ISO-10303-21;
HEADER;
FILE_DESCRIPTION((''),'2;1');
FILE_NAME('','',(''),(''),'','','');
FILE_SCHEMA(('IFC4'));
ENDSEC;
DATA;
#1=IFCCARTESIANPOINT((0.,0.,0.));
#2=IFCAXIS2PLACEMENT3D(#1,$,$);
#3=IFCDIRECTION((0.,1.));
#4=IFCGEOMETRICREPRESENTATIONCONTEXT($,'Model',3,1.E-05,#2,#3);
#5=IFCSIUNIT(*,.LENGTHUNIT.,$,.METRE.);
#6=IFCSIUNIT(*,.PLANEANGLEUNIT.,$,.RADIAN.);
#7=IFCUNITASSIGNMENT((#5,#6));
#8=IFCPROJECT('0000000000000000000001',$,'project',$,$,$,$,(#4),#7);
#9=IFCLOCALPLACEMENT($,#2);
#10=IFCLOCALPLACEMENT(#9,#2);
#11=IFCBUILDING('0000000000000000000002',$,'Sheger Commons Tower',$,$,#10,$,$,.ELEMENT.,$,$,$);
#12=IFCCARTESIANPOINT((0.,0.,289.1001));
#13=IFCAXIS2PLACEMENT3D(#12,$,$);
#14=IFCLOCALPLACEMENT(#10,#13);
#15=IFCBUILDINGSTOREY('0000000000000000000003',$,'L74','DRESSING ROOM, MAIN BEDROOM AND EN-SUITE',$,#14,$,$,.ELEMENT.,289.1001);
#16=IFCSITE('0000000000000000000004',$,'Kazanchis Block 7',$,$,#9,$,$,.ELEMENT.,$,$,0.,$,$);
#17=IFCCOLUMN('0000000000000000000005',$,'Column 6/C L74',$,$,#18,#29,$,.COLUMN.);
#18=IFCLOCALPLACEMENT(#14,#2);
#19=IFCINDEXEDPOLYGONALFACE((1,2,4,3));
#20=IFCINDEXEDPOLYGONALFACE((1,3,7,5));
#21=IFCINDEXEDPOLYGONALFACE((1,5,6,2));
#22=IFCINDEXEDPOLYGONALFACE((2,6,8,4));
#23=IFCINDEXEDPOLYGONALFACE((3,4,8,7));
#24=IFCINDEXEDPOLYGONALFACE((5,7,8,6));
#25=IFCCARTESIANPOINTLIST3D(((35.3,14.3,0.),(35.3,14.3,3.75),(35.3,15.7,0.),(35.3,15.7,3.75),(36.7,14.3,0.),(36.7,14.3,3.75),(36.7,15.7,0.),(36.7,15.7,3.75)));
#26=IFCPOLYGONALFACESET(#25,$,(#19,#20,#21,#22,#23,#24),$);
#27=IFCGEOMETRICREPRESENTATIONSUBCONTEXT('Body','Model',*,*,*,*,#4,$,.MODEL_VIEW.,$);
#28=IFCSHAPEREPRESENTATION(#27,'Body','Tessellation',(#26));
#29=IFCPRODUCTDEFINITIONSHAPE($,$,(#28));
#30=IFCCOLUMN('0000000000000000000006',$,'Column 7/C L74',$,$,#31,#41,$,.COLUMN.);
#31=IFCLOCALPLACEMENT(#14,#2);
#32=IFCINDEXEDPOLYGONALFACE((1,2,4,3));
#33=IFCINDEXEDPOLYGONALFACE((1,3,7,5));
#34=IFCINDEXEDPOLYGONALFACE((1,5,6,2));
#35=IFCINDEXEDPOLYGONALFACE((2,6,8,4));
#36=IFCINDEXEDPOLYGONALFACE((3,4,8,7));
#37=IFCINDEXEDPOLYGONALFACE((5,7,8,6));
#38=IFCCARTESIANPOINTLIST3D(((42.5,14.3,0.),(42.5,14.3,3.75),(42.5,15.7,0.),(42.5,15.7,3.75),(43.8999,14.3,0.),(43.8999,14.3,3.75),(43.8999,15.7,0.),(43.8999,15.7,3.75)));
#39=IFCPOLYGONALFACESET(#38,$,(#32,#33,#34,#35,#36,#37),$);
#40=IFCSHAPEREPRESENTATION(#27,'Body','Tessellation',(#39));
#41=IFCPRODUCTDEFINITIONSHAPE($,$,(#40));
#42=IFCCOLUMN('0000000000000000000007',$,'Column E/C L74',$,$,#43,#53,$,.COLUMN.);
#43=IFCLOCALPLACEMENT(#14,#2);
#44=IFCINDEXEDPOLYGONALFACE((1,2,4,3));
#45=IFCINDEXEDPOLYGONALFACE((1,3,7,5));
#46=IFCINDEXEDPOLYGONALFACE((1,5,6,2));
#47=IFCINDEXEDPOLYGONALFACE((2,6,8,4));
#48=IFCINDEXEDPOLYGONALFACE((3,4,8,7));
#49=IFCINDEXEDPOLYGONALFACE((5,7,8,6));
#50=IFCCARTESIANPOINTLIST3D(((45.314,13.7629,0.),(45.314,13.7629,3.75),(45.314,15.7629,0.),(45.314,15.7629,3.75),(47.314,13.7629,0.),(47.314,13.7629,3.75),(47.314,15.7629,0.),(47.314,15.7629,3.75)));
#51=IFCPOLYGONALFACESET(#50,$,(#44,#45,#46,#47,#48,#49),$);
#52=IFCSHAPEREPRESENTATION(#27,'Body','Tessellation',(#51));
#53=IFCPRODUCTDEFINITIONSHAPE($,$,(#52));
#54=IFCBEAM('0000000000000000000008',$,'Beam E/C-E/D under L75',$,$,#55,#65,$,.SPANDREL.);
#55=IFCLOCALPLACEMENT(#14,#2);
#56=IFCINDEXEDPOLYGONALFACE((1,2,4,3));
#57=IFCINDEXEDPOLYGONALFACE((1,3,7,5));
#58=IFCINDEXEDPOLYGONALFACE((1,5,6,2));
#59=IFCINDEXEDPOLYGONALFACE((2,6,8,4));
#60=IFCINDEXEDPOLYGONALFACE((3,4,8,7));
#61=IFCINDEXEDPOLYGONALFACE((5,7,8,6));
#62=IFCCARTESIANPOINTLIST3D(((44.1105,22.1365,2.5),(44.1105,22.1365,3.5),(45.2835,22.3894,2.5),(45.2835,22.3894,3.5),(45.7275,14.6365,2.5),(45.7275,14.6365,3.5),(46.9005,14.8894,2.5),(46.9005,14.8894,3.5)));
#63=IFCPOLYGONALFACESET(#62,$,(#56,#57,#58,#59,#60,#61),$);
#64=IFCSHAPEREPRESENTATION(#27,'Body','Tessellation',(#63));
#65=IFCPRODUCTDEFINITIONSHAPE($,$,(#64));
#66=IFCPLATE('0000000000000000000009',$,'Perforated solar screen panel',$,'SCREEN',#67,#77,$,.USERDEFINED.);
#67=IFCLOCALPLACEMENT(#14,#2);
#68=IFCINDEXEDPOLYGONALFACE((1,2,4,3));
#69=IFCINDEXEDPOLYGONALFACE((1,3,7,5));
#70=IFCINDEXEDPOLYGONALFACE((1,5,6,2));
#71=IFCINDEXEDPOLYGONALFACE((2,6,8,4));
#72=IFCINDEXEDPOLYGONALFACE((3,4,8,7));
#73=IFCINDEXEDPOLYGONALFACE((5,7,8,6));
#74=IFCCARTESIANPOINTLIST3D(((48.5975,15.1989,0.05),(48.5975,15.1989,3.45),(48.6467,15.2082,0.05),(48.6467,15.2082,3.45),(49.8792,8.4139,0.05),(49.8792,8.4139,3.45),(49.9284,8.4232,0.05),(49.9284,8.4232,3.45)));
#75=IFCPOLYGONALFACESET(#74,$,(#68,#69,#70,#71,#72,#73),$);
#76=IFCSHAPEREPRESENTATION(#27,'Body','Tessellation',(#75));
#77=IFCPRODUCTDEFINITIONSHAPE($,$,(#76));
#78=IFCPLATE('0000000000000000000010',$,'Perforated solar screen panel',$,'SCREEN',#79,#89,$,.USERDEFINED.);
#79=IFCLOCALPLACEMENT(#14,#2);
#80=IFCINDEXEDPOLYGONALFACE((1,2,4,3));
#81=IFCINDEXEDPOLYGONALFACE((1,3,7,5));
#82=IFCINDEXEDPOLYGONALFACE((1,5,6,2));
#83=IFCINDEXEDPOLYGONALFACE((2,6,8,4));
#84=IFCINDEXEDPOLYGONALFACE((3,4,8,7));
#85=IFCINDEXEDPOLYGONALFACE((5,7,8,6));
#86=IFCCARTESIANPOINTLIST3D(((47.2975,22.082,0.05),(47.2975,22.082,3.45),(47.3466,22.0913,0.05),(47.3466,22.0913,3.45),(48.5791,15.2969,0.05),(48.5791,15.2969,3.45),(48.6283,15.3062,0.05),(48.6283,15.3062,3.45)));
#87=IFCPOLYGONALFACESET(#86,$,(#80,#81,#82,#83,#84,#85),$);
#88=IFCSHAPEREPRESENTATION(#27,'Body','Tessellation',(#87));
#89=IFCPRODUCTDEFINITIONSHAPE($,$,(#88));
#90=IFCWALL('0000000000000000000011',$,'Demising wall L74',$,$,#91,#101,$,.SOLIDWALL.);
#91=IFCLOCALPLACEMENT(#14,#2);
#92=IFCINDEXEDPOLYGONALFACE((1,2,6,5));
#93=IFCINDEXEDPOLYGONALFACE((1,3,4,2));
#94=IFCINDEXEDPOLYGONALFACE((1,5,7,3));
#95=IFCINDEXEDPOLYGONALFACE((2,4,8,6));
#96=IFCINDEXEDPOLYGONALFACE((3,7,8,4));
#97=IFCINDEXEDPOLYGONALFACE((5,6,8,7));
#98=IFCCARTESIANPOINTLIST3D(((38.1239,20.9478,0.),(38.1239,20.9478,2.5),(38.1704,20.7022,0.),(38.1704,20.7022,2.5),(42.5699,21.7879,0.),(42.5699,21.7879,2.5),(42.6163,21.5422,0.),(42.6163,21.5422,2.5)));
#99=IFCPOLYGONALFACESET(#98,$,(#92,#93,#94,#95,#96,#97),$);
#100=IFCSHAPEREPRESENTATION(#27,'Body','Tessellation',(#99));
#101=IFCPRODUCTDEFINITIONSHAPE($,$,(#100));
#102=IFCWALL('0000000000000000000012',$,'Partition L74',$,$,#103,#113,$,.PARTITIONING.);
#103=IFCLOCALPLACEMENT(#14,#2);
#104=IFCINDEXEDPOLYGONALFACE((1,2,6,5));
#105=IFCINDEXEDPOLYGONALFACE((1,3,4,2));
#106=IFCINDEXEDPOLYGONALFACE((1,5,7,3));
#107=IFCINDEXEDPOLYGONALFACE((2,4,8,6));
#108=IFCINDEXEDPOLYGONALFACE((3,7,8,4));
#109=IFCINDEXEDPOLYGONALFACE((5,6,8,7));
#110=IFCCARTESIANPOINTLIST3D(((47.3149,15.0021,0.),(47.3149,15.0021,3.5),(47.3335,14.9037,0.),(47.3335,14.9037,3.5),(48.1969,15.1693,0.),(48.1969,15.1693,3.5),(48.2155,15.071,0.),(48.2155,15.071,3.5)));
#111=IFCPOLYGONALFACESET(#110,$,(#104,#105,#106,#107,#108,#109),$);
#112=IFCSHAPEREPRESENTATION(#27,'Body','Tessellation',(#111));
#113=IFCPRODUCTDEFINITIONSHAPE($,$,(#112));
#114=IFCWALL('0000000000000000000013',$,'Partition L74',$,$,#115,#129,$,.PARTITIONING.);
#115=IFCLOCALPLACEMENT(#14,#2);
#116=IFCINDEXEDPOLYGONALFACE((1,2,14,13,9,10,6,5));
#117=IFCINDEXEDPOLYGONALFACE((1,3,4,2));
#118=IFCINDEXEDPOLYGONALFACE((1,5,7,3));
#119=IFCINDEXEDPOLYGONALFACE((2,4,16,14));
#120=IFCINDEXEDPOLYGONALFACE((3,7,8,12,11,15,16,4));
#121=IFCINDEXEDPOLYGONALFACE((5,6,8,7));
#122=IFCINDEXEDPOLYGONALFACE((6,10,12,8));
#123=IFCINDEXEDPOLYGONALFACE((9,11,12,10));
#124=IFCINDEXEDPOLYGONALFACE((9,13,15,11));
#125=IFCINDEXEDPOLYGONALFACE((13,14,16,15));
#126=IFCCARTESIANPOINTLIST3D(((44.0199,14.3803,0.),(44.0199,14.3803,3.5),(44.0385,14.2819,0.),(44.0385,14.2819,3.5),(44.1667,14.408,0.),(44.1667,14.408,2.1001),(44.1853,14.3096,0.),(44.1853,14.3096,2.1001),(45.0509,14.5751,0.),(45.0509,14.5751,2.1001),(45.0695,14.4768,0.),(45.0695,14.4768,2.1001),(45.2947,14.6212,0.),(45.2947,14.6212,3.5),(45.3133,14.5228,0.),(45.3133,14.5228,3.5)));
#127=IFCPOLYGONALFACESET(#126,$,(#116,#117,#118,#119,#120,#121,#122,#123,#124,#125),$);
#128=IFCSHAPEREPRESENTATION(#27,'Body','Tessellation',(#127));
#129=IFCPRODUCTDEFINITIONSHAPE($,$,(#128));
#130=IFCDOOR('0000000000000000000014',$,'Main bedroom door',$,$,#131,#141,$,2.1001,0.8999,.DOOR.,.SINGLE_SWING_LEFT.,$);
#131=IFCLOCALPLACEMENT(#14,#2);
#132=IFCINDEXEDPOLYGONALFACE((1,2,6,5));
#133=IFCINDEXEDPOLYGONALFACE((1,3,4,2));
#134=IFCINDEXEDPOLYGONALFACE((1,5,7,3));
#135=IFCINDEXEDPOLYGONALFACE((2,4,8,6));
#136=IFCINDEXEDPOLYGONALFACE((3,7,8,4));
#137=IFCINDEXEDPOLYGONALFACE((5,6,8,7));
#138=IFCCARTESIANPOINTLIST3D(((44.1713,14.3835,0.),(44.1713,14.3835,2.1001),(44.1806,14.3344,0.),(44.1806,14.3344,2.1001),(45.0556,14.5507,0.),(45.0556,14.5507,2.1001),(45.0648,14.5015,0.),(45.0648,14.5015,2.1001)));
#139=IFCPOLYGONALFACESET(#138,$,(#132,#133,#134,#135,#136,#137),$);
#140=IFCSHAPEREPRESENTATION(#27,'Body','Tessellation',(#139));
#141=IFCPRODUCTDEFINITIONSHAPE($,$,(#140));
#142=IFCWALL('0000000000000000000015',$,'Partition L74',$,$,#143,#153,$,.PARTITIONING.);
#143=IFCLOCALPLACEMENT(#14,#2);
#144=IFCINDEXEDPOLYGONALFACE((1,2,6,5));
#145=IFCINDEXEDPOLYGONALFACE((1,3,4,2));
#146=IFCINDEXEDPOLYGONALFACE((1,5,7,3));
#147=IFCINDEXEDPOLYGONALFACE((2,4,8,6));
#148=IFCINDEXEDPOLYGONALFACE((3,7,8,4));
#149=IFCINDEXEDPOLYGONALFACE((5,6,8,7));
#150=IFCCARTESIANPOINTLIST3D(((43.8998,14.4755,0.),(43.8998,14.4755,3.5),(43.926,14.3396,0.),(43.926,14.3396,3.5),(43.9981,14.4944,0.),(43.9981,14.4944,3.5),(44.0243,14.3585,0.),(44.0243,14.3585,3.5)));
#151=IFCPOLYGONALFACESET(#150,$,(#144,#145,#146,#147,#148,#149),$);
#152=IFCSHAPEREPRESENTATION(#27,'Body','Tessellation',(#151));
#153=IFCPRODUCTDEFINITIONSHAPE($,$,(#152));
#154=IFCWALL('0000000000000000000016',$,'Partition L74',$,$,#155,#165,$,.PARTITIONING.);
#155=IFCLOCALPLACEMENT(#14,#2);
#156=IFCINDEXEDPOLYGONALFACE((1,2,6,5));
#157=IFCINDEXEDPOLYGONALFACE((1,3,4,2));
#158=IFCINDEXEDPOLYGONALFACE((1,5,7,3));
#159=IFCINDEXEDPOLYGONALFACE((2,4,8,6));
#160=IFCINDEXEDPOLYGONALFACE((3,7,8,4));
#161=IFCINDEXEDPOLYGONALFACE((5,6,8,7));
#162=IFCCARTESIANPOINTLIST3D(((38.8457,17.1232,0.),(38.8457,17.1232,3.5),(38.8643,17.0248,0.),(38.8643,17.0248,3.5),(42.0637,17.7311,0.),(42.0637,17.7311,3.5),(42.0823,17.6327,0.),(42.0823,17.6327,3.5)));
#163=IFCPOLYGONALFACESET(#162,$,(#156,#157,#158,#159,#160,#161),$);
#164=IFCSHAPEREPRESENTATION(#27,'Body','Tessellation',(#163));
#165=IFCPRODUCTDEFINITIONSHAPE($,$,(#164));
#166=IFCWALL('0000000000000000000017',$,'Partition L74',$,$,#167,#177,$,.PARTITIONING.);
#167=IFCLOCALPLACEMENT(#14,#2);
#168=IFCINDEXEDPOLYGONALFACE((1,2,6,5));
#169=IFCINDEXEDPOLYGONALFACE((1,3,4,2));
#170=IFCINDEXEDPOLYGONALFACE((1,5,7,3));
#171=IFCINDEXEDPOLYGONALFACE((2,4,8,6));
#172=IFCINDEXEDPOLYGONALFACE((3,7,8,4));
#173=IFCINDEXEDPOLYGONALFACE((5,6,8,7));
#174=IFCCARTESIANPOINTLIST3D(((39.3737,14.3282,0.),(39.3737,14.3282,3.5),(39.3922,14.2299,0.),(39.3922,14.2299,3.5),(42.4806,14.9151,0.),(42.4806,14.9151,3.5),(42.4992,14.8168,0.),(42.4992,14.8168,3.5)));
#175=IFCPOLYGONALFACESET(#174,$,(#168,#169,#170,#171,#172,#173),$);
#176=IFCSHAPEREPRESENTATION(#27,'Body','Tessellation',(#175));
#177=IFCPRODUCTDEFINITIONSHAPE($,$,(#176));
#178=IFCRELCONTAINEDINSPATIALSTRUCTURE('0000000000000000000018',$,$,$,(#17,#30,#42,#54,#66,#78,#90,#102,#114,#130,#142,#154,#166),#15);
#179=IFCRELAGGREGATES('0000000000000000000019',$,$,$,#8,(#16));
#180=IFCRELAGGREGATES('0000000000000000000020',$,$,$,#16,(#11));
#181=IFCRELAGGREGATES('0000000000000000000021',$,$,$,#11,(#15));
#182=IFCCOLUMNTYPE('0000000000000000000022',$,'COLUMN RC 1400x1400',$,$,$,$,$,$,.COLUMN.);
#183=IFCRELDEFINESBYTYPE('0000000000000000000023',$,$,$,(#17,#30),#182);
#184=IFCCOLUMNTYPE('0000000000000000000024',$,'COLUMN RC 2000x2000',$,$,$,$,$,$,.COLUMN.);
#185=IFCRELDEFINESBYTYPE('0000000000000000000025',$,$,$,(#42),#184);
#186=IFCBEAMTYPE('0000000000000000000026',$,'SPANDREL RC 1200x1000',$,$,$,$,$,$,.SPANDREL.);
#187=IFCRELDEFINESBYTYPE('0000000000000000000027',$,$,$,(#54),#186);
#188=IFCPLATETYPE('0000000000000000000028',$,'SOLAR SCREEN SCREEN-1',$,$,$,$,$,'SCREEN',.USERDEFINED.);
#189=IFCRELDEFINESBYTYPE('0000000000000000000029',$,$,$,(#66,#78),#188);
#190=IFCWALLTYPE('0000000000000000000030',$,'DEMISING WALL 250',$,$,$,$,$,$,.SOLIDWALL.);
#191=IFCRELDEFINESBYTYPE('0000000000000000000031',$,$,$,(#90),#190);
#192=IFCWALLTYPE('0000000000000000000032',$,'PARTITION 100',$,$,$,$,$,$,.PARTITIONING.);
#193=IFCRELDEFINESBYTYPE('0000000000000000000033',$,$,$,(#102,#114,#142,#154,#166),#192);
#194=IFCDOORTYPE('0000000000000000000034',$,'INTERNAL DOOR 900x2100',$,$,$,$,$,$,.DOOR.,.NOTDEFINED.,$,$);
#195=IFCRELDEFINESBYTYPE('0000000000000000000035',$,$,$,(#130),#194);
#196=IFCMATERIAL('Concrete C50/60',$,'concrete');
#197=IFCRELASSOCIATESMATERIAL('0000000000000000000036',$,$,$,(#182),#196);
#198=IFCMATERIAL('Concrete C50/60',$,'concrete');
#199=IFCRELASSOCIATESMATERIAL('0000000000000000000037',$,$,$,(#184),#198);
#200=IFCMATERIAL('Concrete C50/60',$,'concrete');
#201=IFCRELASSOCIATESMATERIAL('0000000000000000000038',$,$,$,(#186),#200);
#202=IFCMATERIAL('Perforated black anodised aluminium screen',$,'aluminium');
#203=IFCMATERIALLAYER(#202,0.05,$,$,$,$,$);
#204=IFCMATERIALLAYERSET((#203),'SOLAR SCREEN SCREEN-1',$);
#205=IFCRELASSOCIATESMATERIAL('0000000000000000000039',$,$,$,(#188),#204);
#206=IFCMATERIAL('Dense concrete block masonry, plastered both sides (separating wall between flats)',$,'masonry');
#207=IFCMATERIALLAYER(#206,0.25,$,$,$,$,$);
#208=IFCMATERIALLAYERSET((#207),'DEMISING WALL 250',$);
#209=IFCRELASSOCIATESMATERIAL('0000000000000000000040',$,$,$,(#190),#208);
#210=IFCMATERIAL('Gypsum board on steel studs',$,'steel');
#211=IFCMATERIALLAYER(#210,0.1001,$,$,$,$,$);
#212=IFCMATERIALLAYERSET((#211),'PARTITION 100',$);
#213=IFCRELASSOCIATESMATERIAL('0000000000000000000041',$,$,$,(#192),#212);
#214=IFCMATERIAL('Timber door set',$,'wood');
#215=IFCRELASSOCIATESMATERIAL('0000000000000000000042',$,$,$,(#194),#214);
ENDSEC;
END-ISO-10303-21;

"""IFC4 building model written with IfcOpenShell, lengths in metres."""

from ifc_helpers import new_model, si_unit, direction, frame, frame_2d, origin, origin_2d, place, context, subcontext, project, spatial, rectangle, extrude, material, layer, layer_set, material_profile, profile_set, type_object, element, fill, save


model = new_model("IFC4")

# Units and contexts
model_context = context("Model", 3, precision=1e-05, world=origin(), true_north=direction((0.0, 1.0)))
body_context = subcontext(model_context, "Body", "Model", "MODEL_VIEW")
ifc_project = project(units=[si_unit("LENGTHUNIT", "METRE"), si_unit("PLANEANGLEUNIT", "RADIAN")], contexts=[model_context])

# Site, building, storey
site_placement = place(None, origin())
site = spatial("IfcSite", under=ifc_project, at=site_placement, Name="Kazanchis Block 7", CompositionType="ELEMENT", RefElevation=0.0)
building_placement = place(site_placement, origin())
building = spatial("IfcBuilding", under=site, at=building_placement, Name="Sheger Commons Tower", CompositionType="ELEMENT")
storey_placement = place(building_placement, frame((0.0, 0.0, 289.1001)))
storey = spatial("IfcBuildingStorey", under=building, at=storey_placement, Name="L74", Description="DRESSING ROOM, MAIN BEDROOM AND EN-SUITE", CompositionType="ELEMENT", Elevation=289.1001)

# Columns
ifc_material_1 = material(Name="Concrete C50/60", Category="concrete")
ifc_material_profile_1 = material_profile(ifc_material_1, rectangle(XDim=1.3999, YDim=1.3999, at=origin_2d()), Name="RC 1400x1400")
ifc_profile_set_1 = profile_set([ifc_material_profile_1], Name="Concrete C50/60")
column_type_1 = type_object("IfcColumnType", Name="COLUMN RC 1400x1400", PredefinedType="COLUMN", material=ifc_profile_set_1)
for number, where, z_axis, x_axis, name in (
    (1, (36.0, 15.0, 0.0), (0.0, 0.0, 1.0), (1.0, 0.0, 0.0), "Column 6/C L74"),
    (2, (43.2, 15.0, 0.0), (0.0, 0.0, 1.0), (1.0, 0.0, 0.0), "Column 7/C L74"),
):
    element("IfcColumn", number, at=place(storey_placement, frame(where, z_axis=z_axis, x_axis=x_axis)), inside=storey, type_object=column_type_1, Name=name, PredefinedType="COLUMN", context=body_context, shape_type="SweptSolid", body=[
        extrude(rectangle(XDim=1.3999, YDim=1.3999, at=origin_2d()), origin(), (0.0, 0.0, 1.0), 3.75),
    ])
ifc_material_2 = material(Name="Concrete C50/60", Category="concrete")
ifc_material_profile_2 = material_profile(ifc_material_2, rectangle(XDim=2.0, YDim=2.0, at=origin_2d()), Name="RC 2000x2000")
ifc_profile_set_2 = profile_set([ifc_material_profile_2], Name="Concrete C50/60")
column_type_2 = type_object("IfcColumnType", Name="COLUMN RC 2000x2000", PredefinedType="COLUMN", material=ifc_profile_set_2)
column_placement = place(storey_placement, frame((46.314, 14.7629, 0.0), z_axis=(0.0, 0.0, 1.0), x_axis=(1.0, 0.0, 0.0)))
element("IfcColumn", 3, at=column_placement, inside=storey, type_object=column_type_2, Name="Column E/C L74", PredefinedType="COLUMN", context=body_context, shape_type="SweptSolid", body=[
    extrude(rectangle(XDim=2.0, YDim=2.0, at=origin_2d()), origin(), (0.0, 0.0, 1.0), 3.75),
])

# Beam
ifc_material_3 = material(Name="Concrete C50/60", Category="concrete")
ifc_material_profile_3 = material_profile(ifc_material_3, rectangle(XDim=1.2, YDim=1.0, at=origin_2d()), Name="RC 1200x1000")
ifc_profile_set_3 = profile_set([ifc_material_profile_3], Name="Concrete C50/60")
beam_type = type_object("IfcBeamType", Name="SPANDREL RC 1200x1000", PredefinedType="SPANDREL", material=ifc_profile_set_3)
beam_placement = place(storey_placement, frame((46.314, 14.7629, 3.0), z_axis=(-0.21075, 0.97754, 0.0), x_axis=(-0.97754, -0.21075, 0.0)))
element("IfcBeam", 4, at=beam_placement, inside=storey, type_object=beam_type, Name="Beam E/C-E/D under L75", PredefinedType="SPANDREL", context=body_context, shape_type="SweptSolid", body=[
    extrude(rectangle(XDim=1.2, YDim=1.0, at=origin_2d()), origin(), (0.0, 0.0, 1.0), 7.6724),
])

# Plates
ifc_material_4 = material(Name="Perforated black anodised aluminium screen", Category="aluminium")
ifc_layer_1 = layer(ifc_material_4, 0.05)
ifc_layer_set_1 = layer_set([ifc_layer_1], Name="SOLAR SCREEN SCREEN-1")
plate_type = type_object("IfcPlateType", Name="SOLAR SCREEN SCREEN-1", ElementType="SCREEN", PredefinedType="USERDEFINED", material=ifc_layer_set_1)
for number, where, z_axis, x_axis, name in (
    (5, (49.2629, 11.811, 0.05), (0.0, 0.0, 1.0), (-0.185615, 0.982623, 0.0), "Perforated solar screen panel"),
    (6, (47.9629, 18.6941, 0.05), (0.0, 0.0, 1.0), (-0.185615, 0.982623, 0.0), "Perforated solar screen panel"),
):
    element("IfcPlate", number, at=place(storey_placement, frame(where, z_axis=z_axis, x_axis=x_axis)), inside=storey, type_object=plate_type, Name=name, ObjectType="SCREEN", PredefinedType="USERDEFINED", context=body_context, shape_type="SweptSolid", body=[
        extrude(rectangle(XDim=6.905, YDim=0.05, at=origin_2d()), origin(), (0.0, 0.0, 1.0), 3.3999),
    ])

# Walls
ifc_material_5 = material(Name="Dense concrete block masonry, plastered both sides (separating wall between flats)", Category="masonry")
ifc_layer_2 = layer(ifc_material_5, 0.25)
ifc_layer_set_2 = layer_set([ifc_layer_2], Name="DEMISING WALL 250")
wall_type_1 = type_object("IfcWallType", Name="DEMISING WALL 250", PredefinedType="SOLIDWALL", material=ifc_layer_set_2)
wall_1_placement = place(storey_placement, frame((42.593, 21.665, 0.0), z_axis=(0.0, 0.0, 1.0), x_axis=(-0.982613, -0.185666, 0.0)))
element("IfcWall", 7, at=wall_1_placement, inside=storey, type_object=wall_type_1, Name="Demising wall L74", PredefinedType="SOLIDWALL", context=body_context, shape_type="SweptSolid", body=[
    extrude(rectangle(XDim=4.5247, YDim=0.25, at=frame_2d((2.2622, 0.0))), origin(), (0.0, 0.0, 1.0), 2.5),
])
ifc_material_6 = material(Name="Gypsum board on steel studs", Category="steel")
ifc_layer_3 = layer(ifc_material_6, 0.1001)
ifc_layer_set_3 = layer_set([ifc_layer_3], Name="PARTITION 100")
wall_type_2 = type_object("IfcWallType", Name="PARTITION 100", PredefinedType="PARTITIONING", material=ifc_layer_set_3)
wall_2_placement = place(storey_placement, frame((48.2061, 15.1201, 0.0), z_axis=(0.0, 0.0, 1.0), x_axis=(-0.982498, -0.186275, 0.0)))
element("IfcWall", 8, at=wall_2_placement, inside=storey, type_object=wall_type_2, Name="Partition L74", PredefinedType="PARTITIONING", context=body_context, shape_type="SweptSolid", body=[
    extrude(rectangle(XDim=0.8977, YDim=0.1001, at=frame_2d((0.4487, 0.0))), origin(), (0.0, 0.0, 1.0), 3.5),
])

# Wall, opening, door
wall_3_placement = place(storey_placement, frame((45.304, 14.572, 0.0), z_axis=(0.0, 0.0, 1.0), x_axis=(-0.982603, -0.18572, 0.0)))
wall_3 = element("IfcWall", 9, at=wall_3_placement, inside=storey, type_object=wall_type_2, Name="Partition L74", PredefinedType="PARTITIONING", context=body_context, shape_type="SweptSolid", body=[
    extrude(rectangle(XDim=1.2974, YDim=0.1001, at=frame_2d((0.6487, 0.0))), origin(), (0.0, 0.0, 1.0), 3.5),
])
opening_1_placement = place(wall_3_placement, frame((0.248, 0.0, 0.0)))
opening_1 = element("IfcOpeningElement", 10, at=opening_1_placement, cuts=wall_3, PredefinedType="OPENING", context=body_context, shape_type="SweptSolid", body=[
    extrude(rectangle(XDim=0.8999, YDim=2.1001, at=frame_2d((0.45, 1.05))), frame((0.0, 0.0601, 0.0), z_axis=(0.0, -1.0, 0.0), x_axis=(1.0, 0.0, 0.0)), (0.0, 0.0, 1.0), 0.1201),
])
ifc_material_7 = material(Name="Timber door set", Category="wood")
door_type_1 = type_object("IfcDoorType", Name="INTERNAL DOOR 900x2100", OperationType="NOTDEFINED", PredefinedType="DOOR", material=ifc_material_7)
door_1_placement = place(opening_1_placement, origin())
door_1 = element("IfcDoor", 11, at=door_1_placement, inside=storey, type_object=door_type_1, Name="Main bedroom door", OperationType="SINGLE_SWING_LEFT", OverallHeight=2.1001, OverallWidth=0.8999, PredefinedType="DOOR", context=body_context, shape_type="SweptSolid", body=[
    extrude(rectangle(XDim=0.8999, YDim=2.1001, at=frame_2d((0.45, 1.05))), frame((0.0, 0.0249, 0.0), z_axis=(0.0, -1.0, 0.0), x_axis=(1.0, 0.0, 0.0)), (0.0, 0.0, 1.0), 0.05),
])
fill(opening_1, door_1)

# Walls
wall_4_placement = place(storey_placement, frame((43.949, 14.4851, 0.0), z_axis=(0.0, 0.0, 1.0), x_axis=(0.188651, -0.982044, 0.0)))
element("IfcWall", 12, at=wall_4_placement, inside=storey, type_object=wall_type_2, Name="Partition L74", PredefinedType="PARTITIONING", context=body_context, shape_type="SweptSolid", body=[
    extrude(rectangle(XDim=0.1384, YDim=0.1001, at=frame_2d((0.0693, 0.0))), origin(), (0.0, 0.0, 1.0), 3.5),
])
wall_5_placement = place(storey_placement, frame((42.073, 17.6819, 0.0), z_axis=(0.0, 0.0, 1.0), x_axis=(-0.982621, -0.185625, 0.0)))
element("IfcWall", 13, at=wall_5_placement, inside=storey, type_object=wall_type_2, Name="Partition L74", PredefinedType="PARTITIONING", context=body_context, shape_type="SweptSolid", body=[
    extrude(rectangle(XDim=3.2749, YDim=0.1001, at=frame_2d((1.6375, 0.0))), origin(), (0.0, 0.0, 1.0), 3.5),
])
wall_6_placement = place(storey_placement, frame((42.49, 14.866, 0.0), z_axis=(0.0, 0.0, 1.0), x_axis=(-0.982621, -0.185622, 0.0)))
element("IfcWall", 14, at=wall_6_placement, inside=storey, type_object=wall_type_2, Name="Partition L74", PredefinedType="PARTITIONING", context=body_context, shape_type="SweptSolid", body=[
    extrude(rectangle(XDim=3.1619, YDim=0.1001, at=frame_2d((1.5811, 0.0))), origin(), (0.0, 0.0, 1.0), 3.5),
])

save(model, "model.ifc")
